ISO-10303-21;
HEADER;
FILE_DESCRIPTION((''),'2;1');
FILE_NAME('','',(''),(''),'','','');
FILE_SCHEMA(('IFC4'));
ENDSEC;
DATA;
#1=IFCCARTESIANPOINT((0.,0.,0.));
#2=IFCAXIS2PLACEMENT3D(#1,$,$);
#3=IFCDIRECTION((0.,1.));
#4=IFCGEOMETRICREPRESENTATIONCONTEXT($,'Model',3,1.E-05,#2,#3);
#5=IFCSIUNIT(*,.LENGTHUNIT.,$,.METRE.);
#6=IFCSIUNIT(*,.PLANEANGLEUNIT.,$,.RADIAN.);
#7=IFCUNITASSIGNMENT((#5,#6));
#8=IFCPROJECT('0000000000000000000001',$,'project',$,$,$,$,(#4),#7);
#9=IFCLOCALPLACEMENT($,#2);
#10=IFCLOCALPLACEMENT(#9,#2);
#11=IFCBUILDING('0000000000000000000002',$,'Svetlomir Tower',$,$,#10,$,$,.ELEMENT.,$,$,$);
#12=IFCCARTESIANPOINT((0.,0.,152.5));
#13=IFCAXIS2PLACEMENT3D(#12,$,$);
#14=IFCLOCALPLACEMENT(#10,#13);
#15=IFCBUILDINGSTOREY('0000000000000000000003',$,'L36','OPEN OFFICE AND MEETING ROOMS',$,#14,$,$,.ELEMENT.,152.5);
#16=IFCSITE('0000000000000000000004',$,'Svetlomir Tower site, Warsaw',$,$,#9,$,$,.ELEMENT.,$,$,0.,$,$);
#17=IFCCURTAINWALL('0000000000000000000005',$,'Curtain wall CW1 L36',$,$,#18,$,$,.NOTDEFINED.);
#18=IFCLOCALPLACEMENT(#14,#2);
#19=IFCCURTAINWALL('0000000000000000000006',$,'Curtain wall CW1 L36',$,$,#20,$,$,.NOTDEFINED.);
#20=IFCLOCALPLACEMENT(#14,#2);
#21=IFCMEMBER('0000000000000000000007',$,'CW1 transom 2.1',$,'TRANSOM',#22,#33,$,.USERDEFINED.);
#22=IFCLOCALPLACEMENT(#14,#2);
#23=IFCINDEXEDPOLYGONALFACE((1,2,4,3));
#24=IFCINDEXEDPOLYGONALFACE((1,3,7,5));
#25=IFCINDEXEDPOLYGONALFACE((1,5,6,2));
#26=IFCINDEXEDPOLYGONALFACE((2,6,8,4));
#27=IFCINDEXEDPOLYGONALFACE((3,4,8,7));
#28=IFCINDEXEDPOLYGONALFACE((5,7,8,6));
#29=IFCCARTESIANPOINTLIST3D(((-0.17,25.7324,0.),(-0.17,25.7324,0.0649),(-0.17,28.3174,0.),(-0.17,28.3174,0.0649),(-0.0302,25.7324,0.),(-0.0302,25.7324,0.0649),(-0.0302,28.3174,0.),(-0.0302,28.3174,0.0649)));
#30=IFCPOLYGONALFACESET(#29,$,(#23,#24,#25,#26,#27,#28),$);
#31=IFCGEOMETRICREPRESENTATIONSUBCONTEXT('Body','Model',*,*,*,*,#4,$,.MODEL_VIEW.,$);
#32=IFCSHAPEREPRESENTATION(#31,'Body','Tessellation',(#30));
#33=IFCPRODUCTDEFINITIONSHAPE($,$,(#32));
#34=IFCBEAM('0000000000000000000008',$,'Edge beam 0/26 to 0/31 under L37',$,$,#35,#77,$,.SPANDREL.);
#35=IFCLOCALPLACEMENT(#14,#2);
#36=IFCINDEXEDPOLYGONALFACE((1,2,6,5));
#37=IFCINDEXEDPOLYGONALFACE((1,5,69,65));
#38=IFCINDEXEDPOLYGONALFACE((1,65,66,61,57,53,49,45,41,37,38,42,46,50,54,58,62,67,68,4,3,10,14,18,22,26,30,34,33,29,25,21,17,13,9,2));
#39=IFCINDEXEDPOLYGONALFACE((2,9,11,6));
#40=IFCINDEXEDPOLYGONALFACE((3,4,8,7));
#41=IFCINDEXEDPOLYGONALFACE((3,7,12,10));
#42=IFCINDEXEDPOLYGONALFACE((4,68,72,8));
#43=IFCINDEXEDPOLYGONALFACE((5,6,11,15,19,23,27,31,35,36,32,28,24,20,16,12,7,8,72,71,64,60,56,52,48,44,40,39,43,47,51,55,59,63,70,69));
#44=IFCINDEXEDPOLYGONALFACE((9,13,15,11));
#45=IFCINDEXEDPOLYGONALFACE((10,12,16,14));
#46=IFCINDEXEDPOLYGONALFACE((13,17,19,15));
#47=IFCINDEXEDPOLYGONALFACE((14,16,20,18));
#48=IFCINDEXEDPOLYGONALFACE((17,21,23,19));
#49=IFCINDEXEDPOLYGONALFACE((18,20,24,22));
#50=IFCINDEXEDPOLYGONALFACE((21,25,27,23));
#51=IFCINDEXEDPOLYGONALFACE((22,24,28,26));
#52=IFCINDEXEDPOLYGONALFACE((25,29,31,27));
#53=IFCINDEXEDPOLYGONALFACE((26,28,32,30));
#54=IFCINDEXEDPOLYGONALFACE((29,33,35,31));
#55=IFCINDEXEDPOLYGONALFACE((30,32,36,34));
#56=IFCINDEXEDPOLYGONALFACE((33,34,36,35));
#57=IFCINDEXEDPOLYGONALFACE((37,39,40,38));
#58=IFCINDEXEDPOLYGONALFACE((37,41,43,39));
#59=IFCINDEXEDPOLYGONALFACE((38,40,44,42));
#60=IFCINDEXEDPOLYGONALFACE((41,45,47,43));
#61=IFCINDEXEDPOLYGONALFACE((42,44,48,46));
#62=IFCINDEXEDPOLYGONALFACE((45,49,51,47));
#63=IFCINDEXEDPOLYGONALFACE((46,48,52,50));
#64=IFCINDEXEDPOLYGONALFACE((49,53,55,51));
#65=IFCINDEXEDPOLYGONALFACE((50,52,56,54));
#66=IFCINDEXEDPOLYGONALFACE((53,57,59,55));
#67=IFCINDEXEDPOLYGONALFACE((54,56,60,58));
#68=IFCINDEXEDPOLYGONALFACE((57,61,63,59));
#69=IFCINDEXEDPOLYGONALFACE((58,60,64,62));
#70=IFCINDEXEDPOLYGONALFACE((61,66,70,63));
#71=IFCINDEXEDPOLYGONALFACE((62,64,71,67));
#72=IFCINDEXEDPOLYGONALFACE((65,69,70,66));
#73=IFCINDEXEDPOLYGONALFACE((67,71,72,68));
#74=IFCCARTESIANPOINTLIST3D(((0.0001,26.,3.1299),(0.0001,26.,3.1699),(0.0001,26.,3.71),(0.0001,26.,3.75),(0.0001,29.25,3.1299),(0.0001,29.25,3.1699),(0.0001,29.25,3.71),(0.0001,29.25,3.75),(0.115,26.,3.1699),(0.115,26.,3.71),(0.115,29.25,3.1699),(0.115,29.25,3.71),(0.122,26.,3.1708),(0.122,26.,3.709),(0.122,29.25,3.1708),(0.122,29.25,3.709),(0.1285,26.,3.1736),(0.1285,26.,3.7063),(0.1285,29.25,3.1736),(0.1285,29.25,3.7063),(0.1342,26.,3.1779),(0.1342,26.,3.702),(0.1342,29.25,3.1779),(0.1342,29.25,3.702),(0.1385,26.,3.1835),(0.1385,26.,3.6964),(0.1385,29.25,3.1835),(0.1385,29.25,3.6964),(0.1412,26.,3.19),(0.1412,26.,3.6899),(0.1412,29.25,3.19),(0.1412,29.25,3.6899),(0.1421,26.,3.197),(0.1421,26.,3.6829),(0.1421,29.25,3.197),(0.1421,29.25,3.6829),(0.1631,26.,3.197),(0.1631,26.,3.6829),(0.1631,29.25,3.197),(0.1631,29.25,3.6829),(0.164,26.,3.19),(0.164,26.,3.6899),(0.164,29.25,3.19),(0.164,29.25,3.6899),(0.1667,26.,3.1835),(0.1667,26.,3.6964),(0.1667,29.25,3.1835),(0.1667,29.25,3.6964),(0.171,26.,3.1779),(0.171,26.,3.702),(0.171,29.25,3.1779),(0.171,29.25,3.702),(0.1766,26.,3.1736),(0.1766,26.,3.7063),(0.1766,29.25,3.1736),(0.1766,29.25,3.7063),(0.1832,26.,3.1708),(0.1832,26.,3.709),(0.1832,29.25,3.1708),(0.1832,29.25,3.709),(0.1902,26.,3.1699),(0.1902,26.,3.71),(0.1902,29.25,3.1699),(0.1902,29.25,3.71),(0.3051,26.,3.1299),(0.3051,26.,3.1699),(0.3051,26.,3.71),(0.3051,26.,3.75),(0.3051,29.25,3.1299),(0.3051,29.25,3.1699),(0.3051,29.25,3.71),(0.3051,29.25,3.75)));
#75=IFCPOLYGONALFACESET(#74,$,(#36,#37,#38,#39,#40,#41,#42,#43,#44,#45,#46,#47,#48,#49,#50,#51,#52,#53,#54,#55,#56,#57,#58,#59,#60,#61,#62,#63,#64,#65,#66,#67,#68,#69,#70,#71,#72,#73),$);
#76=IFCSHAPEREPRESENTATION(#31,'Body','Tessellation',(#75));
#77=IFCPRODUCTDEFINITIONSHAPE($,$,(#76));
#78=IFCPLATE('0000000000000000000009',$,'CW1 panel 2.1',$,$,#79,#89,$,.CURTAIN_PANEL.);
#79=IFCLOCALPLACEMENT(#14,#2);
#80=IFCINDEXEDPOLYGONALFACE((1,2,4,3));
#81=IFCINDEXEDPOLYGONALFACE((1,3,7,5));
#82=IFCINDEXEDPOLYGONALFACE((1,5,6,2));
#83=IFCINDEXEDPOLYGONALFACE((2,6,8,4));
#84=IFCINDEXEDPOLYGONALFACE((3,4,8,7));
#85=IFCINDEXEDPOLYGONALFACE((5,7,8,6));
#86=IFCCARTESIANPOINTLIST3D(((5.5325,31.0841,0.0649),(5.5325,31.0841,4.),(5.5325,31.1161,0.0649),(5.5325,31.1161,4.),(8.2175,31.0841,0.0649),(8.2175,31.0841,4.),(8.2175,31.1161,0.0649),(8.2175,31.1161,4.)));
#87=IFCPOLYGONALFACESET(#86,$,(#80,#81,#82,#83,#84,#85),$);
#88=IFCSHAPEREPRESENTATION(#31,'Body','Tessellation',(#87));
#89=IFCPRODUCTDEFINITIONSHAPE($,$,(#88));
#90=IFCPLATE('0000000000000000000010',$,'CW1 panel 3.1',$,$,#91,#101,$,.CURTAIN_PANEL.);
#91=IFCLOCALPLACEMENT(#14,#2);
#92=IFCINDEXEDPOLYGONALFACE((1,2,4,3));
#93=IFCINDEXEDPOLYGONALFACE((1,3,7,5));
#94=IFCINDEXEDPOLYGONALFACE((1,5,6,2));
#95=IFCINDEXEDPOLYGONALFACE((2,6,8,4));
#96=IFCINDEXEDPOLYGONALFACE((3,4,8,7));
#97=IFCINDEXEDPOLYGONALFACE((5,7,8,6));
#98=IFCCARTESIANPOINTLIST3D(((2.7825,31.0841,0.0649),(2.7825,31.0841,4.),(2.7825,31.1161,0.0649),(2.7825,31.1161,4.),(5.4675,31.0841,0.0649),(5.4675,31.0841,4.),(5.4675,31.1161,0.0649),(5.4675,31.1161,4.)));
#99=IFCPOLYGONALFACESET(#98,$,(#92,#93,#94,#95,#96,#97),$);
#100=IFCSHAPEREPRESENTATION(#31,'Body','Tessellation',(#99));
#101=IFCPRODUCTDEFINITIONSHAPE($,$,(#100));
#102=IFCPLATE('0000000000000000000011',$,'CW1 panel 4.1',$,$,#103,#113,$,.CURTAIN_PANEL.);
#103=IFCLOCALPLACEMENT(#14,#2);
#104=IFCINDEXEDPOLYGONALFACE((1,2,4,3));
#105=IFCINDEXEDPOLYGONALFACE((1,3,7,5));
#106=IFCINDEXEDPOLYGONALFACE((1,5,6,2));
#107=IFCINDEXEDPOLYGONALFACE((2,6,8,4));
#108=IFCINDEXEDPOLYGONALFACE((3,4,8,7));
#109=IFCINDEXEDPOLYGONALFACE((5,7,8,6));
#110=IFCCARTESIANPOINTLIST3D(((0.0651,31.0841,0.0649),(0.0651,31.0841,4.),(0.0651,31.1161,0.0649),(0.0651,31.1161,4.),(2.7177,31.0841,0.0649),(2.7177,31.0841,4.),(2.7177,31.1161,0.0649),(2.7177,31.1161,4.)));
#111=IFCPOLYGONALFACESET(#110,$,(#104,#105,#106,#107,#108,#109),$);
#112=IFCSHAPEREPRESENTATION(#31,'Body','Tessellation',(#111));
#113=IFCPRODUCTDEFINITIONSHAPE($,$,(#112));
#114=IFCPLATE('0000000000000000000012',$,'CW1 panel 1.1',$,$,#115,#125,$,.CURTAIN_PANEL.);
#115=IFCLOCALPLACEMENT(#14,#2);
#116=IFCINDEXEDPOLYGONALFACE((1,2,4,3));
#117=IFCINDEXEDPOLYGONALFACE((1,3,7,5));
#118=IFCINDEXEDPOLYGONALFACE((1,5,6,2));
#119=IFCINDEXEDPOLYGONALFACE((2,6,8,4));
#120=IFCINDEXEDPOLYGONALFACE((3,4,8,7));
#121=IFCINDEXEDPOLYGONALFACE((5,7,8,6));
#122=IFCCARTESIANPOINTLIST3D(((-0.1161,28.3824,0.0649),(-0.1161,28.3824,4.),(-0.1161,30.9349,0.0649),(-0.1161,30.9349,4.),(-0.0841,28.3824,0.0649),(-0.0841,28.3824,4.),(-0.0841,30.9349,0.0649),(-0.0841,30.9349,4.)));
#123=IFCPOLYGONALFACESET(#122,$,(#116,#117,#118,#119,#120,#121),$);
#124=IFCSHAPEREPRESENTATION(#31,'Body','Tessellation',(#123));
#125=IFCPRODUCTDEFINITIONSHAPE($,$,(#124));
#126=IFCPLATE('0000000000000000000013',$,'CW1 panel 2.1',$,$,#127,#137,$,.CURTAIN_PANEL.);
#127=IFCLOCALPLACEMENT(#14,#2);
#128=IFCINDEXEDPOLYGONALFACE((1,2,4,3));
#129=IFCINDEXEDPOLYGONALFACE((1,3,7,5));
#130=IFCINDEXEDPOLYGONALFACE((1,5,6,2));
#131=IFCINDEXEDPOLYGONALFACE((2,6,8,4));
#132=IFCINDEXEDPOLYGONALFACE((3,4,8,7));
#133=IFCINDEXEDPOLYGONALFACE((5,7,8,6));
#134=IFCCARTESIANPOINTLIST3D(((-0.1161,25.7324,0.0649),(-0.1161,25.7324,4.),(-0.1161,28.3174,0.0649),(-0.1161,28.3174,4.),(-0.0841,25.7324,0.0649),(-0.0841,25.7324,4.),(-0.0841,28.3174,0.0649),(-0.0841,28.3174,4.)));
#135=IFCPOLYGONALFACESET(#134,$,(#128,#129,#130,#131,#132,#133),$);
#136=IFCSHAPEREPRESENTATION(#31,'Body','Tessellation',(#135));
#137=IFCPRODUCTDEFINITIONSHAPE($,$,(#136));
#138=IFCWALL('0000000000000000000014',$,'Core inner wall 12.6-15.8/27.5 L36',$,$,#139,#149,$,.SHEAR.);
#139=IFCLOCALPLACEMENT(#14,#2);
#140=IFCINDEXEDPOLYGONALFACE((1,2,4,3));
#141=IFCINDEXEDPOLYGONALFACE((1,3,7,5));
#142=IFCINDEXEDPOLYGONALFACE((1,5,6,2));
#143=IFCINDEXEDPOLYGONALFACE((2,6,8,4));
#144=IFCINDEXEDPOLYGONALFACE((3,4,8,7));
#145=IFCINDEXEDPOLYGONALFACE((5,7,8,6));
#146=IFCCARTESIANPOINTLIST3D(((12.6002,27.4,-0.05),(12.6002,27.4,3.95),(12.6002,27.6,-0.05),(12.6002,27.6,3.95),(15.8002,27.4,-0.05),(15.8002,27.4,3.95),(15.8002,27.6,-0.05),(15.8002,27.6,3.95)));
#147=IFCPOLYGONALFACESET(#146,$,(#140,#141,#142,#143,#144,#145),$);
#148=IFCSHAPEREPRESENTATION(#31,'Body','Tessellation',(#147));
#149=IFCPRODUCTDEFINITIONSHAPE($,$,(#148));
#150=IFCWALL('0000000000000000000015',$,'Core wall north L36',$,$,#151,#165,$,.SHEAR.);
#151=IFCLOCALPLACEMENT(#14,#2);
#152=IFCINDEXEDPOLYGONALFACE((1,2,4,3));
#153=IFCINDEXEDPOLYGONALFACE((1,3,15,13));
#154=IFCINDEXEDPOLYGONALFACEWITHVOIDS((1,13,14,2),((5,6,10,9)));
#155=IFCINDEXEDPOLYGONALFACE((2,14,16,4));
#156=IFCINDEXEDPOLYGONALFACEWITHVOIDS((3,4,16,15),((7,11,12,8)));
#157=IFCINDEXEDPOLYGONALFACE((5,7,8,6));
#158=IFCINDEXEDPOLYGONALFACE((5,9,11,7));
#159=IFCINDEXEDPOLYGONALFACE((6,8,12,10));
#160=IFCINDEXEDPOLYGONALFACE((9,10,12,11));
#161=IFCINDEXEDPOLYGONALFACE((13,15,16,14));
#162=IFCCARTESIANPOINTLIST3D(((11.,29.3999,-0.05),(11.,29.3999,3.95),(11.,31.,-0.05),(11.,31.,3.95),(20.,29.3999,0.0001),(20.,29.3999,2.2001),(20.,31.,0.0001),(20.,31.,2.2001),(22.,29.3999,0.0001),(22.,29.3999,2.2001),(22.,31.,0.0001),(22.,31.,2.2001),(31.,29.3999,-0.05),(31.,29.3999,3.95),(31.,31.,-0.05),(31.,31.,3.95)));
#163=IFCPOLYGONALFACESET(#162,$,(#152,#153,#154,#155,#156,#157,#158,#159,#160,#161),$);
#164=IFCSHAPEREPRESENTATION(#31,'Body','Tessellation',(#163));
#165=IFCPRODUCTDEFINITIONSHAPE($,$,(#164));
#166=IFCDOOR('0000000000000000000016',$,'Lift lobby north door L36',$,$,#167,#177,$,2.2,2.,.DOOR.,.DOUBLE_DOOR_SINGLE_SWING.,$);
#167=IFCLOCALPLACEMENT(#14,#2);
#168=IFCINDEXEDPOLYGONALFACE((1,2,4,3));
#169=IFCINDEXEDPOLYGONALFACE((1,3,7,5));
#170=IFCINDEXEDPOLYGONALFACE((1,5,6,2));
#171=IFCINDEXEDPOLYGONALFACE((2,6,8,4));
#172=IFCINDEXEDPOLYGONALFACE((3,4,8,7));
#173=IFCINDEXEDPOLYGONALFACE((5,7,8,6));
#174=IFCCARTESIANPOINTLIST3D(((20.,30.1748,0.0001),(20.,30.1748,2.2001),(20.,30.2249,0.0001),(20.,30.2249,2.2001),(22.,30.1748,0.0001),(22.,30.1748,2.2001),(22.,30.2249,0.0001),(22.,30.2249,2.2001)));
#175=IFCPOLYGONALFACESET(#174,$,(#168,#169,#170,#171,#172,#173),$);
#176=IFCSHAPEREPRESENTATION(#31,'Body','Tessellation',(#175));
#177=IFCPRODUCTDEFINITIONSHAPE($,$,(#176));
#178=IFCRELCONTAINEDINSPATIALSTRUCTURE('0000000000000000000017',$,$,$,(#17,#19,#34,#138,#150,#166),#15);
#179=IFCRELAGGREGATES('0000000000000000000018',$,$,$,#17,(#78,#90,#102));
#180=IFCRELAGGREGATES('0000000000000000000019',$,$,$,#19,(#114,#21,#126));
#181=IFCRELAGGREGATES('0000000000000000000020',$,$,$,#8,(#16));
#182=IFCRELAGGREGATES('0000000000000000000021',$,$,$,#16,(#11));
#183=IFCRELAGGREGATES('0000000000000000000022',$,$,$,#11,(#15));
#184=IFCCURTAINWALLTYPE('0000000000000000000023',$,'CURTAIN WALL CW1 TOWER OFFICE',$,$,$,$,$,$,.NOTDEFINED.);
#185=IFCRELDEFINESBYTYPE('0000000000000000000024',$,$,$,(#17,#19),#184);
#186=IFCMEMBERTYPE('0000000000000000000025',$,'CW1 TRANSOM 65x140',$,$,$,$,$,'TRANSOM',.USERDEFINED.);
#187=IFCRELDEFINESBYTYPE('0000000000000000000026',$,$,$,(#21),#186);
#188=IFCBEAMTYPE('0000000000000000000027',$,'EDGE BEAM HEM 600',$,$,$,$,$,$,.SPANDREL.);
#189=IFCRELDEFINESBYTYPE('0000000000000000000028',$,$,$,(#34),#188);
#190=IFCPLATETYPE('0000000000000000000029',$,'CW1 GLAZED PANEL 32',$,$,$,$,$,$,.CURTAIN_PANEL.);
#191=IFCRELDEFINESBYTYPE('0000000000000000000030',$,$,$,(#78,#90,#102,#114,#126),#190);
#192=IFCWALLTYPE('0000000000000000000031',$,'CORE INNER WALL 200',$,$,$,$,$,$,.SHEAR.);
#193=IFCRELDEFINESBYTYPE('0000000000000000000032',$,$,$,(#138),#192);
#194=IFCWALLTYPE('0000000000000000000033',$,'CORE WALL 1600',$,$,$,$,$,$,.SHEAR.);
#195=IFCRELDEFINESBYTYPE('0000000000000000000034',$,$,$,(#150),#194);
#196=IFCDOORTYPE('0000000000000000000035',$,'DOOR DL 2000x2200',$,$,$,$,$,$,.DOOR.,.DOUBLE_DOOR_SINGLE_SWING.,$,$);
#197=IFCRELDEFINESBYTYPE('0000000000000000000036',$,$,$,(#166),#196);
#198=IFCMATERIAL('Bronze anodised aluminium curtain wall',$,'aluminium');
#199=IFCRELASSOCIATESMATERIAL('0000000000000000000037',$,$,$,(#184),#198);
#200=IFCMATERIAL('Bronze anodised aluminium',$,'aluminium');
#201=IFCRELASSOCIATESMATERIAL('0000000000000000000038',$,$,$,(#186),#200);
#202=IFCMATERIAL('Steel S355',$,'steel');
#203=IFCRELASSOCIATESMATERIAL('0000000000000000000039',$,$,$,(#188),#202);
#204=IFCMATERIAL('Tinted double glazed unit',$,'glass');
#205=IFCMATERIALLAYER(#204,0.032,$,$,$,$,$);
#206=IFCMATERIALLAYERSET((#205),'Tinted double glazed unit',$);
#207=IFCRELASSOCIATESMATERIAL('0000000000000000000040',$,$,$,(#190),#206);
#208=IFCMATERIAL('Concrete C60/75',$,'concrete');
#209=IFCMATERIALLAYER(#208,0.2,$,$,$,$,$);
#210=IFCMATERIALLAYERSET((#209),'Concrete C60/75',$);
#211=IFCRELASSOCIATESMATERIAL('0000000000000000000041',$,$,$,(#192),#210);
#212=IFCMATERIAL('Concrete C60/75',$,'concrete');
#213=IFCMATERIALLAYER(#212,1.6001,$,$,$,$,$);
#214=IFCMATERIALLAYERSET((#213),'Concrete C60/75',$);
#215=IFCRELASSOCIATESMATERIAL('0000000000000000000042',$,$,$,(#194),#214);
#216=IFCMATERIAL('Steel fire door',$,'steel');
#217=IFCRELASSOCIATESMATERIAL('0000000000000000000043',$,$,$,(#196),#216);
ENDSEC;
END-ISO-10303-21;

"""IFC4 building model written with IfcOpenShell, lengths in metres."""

from ifc_helpers import new_model, si_unit, direction, frame, frame_2d, origin, origin_2d, place, context, subcontext, project, spatial, rectangle, i_section, extrude, material, layer, layer_set, material_profile, profile_set, type_object, element, fill, aggregate, save


model = new_model("IFC4")

# Units and contexts
model_context = context("Model", 3, precision=1e-05, world=origin(), true_north=direction((0.0, 1.0)))
body_context = subcontext(model_context, "Body", "Model", "MODEL_VIEW")
ifc_project = project(units=[si_unit("LENGTHUNIT", "METRE"), si_unit("PLANEANGLEUNIT", "RADIAN")], contexts=[model_context])

# Site, building, storey
site_placement = place(None, origin())
site = spatial("IfcSite", under=ifc_project, at=site_placement, Name="Svetlomir Tower site, Warsaw", CompositionType="ELEMENT", RefElevation=0.0)
building_placement = place(site_placement, origin())
building = spatial("IfcBuilding", under=site, at=building_placement, Name="Svetlomir Tower", CompositionType="ELEMENT")
storey_placement = place(building_placement, frame((0.0, 0.0, 152.5)))
storey = spatial("IfcBuildingStorey", under=building, at=storey_placement, Name="L36", Description="OPEN OFFICE AND MEETING ROOMS", CompositionType="ELEMENT", Elevation=152.5)

# Shared definitions
ifc_material_1 = material(Name="Bronze anodised aluminium curtain wall", Category="aluminium")
curtain_wall_type = type_object("IfcCurtainWallType", Name="CURTAIN WALL CW1 TOWER OFFICE", PredefinedType="NOTDEFINED", material=ifc_material_1)

# Curtain walls
curtain_wall_1_placement = place(storey_placement, origin())
curtain_wall_1 = element("IfcCurtainWall", 1, at=curtain_wall_1_placement, inside=storey, type_object=curtain_wall_type, Name="Curtain wall CW1 L36", PredefinedType="NOTDEFINED")
curtain_wall_2_placement = place(storey_placement, origin())
curtain_wall_2 = element("IfcCurtainWall", 2, at=curtain_wall_2_placement, inside=storey, type_object=curtain_wall_type, Name="Curtain wall CW1 L36", PredefinedType="NOTDEFINED")

# Member
ifc_material_2 = material(Name="Bronze anodised aluminium", Category="aluminium")
ifc_material_profile_1 = material_profile(ifc_material_2, rectangle(XDim=0.1399, YDim=0.0649, at=origin_2d()), Name="AL 140x65")
ifc_profile_set_1 = profile_set([ifc_material_profile_1], Name="Bronze anodised aluminium 6063-T6")
member_type_1 = type_object("IfcMemberType", Name="CW1 TRANSOM 65x140", ElementType="TRANSOM", PredefinedType="USERDEFINED", material=ifc_profile_set_1)
member_1_placement = place(storey_placement, frame((-0.1001, 28.3174, 0.0325), z_axis=(0.0, -1.0, 0.0), x_axis=(1.0, 0.0, 0.0)))
member_1 = element("IfcMember", 3, at=member_1_placement, type_object=member_type_1, Name="CW1 transom 2.1", ObjectType="TRANSOM", PredefinedType="USERDEFINED", context=body_context, shape_type="SweptSolid", body=[
    extrude(rectangle(XDim=0.1399, YDim=0.0649, at=origin_2d()), origin(), (0.0, 0.0, 1.0), 2.585),
])

# Beam
ifc_material_3 = material(Name="Steel S355", Category="steel")
ifc_material_profile_2 = material_profile(ifc_material_3, i_section(OverallWidth=0.3049, OverallDepth=0.6201, WebThickness=0.021, FlangeThickness=0.04, FilletRadius=0.0271, at=origin_2d()), Name="HEM 600")
ifc_profile_set_2 = profile_set([ifc_material_profile_2], Name="Steel S355")
beam_type = type_object("IfcBeamType", Name="EDGE BEAM HEM 600", PredefinedType="SPANDREL", material=ifc_profile_set_2)
beam_placement = place(storey_placement, frame((0.1526, 26.0, 3.4399), z_axis=(0.0, 1.0, 0.0), x_axis=(-1.0, 0.0, 0.0)))
element("IfcBeam", 4, at=beam_placement, inside=storey, type_object=beam_type, Name="Edge beam 0/26 to 0/31 under L37", PredefinedType="SPANDREL", context=body_context, shape_type="SweptSolid", body=[
    extrude(i_section(OverallWidth=0.3049, OverallDepth=0.6201, WebThickness=0.021, FlangeThickness=0.04, FilletRadius=0.0271, at=origin_2d()), origin(), (0.0, 0.0, 1.0), 3.25),
])

# Plates
ifc_material_4 = material(Name="Tinted double glazed unit", Category="glass")
ifc_layer_1 = layer(ifc_material_4, 0.032)
ifc_layer_set_1 = layer_set([ifc_layer_1], Name="Tinted double glazed unit")
plate_type = type_object("IfcPlateType", Name="CW1 GLAZED PANEL 32", PredefinedType="CURTAIN_PANEL", material=ifc_layer_set_1)
plate_1_placement = place(storey_placement, frame((6.875, 31.1001, 0.0649), z_axis=(0.0, 0.0, 1.0), x_axis=(-1.0, 0.0, 0.0)))
plate_1 = element("IfcPlate", 5, at=plate_1_placement, type_object=plate_type, Name="CW1 panel 2.1", PredefinedType="CURTAIN_PANEL", context=body_context, shape_type="SweptSolid", body=[
    extrude(rectangle(XDim=2.6851, YDim=0.032, at=origin_2d()), origin(), (0.0, 0.0, 1.0), 3.9351),
])
plate_2_placement = place(storey_placement, frame((4.125, 31.1001, 0.0649), z_axis=(0.0, 0.0, 1.0), x_axis=(-1.0, 0.0, 0.0)))
plate_2 = element("IfcPlate", 6, at=plate_2_placement, type_object=plate_type, Name="CW1 panel 3.1", PredefinedType="CURTAIN_PANEL", context=body_context, shape_type="SweptSolid", body=[
    extrude(rectangle(XDim=2.6851, YDim=0.032, at=origin_2d()), origin(), (0.0, 0.0, 1.0), 3.9351),
])
plate_3_placement = place(storey_placement, frame((1.3914, 31.1001, 0.0649), z_axis=(0.0, 0.0, 1.0), x_axis=(-1.0, 0.0, 0.0)))
plate_3 = element("IfcPlate", 7, at=plate_3_placement, type_object=plate_type, Name="CW1 panel 4.1", PredefinedType="CURTAIN_PANEL", context=body_context, shape_type="SweptSolid", body=[
    extrude(rectangle(XDim=2.6526, YDim=0.032, at=origin_2d()), origin(), (0.0, 0.0, 1.0), 3.9351),
])
aggregate(curtain_wall_1, [plate_1, plate_2, plate_3])
plate_4_placement = place(storey_placement, frame((-0.1001, 29.6587, 0.0649), z_axis=(0.0, 0.0, 1.0), x_axis=(0.0, -1.0, 0.0)))
plate_4 = element("IfcPlate", 8, at=plate_4_placement, type_object=plate_type, Name="CW1 panel 1.1", PredefinedType="CURTAIN_PANEL", context=body_context, shape_type="SweptSolid", body=[
    extrude(rectangle(XDim=2.5525, YDim=0.032, at=origin_2d()), origin(), (0.0, 0.0, 1.0), 3.9351),
])
plate_5_placement = place(storey_placement, frame((-0.1001, 27.0249, 0.0649), z_axis=(0.0, 0.0, 1.0), x_axis=(0.0, -1.0, 0.0)))
plate_5 = element("IfcPlate", 9, at=plate_5_placement, type_object=plate_type, Name="CW1 panel 2.1", PredefinedType="CURTAIN_PANEL", context=body_context, shape_type="SweptSolid", body=[
    extrude(rectangle(XDim=2.585, YDim=0.032, at=origin_2d()), origin(), (0.0, 0.0, 1.0), 3.9351),
])
aggregate(curtain_wall_2, [plate_4, member_1, plate_5])

# Wall
ifc_material_5 = material(Name="Concrete C60/75", Category="concrete")
ifc_layer_2 = layer(ifc_material_5, 0.2)
ifc_layer_set_2 = layer_set([ifc_layer_2], Name="Concrete C60/75")
wall_type_1 = type_object("IfcWallType", Name="CORE INNER WALL 200", PredefinedType="SHEAR", material=ifc_layer_set_2)
wall_1_placement = place(storey_placement, frame((12.6001, 27.5, -0.05), z_axis=(0.0, 0.0, 1.0), x_axis=(1.0, 0.0, 0.0)))
element("IfcWall", 10, at=wall_1_placement, inside=storey, type_object=wall_type_1, Name="Core inner wall 12.6-15.8/27.5 L36", PredefinedType="SHEAR", context=body_context, shape_type="SweptSolid", body=[
    extrude(rectangle(XDim=3.2, YDim=0.2, at=frame_2d((1.6001, 0.0))), origin(), (0.0, 0.0, 1.0), 4.0),
])

# Wall, opening, door
ifc_material_6 = material(Name="Concrete C60/75", Category="concrete")
ifc_layer_3 = layer(ifc_material_6, 1.6001)
ifc_layer_set_3 = layer_set([ifc_layer_3], Name="Concrete C60/75")
wall_type_2 = type_object("IfcWallType", Name="CORE WALL 1600", PredefinedType="SHEAR", material=ifc_layer_set_3)
wall_2_placement = place(storey_placement, frame((11.0, 30.2, -0.05), z_axis=(0.0, 0.0, 1.0), x_axis=(1.0, 0.0, 0.0)))
wall_2 = element("IfcWall", 11, at=wall_2_placement, inside=storey, type_object=wall_type_2, Name="Core wall north L36", PredefinedType="SHEAR", context=body_context, shape_type="SweptSolid", body=[
    extrude(rectangle(XDim=20.0, YDim=1.6001, at=frame_2d((10.0, 0.0))), origin(), (0.0, 0.0, 1.0), 4.0),
])
opening_placement = place(wall_2_placement, frame((9.0, 0.0, 0.05)))
opening = element("IfcOpeningElement", 12, at=opening_placement, cuts=wall_2, PredefinedType="OPENING", context=body_context, shape_type="SweptSolid", body=[
    extrude(rectangle(XDim=2.0, YDim=2.2, at=frame_2d((1.0, 1.1001))), frame((0.0, 0.8101, 0.0), z_axis=(0.0, -1.0, 0.0), x_axis=(1.0, 0.0, 0.0)), (0.0, 0.0, 1.0), 1.6201),
])
ifc_material_7 = material(Name="Steel fire door", Category="steel")
door_type = type_object("IfcDoorType", Name="DOOR DL 2000x2200", OperationType="DOUBLE_DOOR_SINGLE_SWING", PredefinedType="DOOR", material=ifc_material_7)
door_placement = place(opening_placement, origin())
door = element("IfcDoor", 13, at=door_placement, inside=storey, type_object=door_type, Name="Lift lobby north door L36", OperationType="DOUBLE_DOOR_SINGLE_SWING", OverallHeight=2.2, OverallWidth=2.0, PredefinedType="DOOR", context=body_context, shape_type="SweptSolid", body=[
    extrude(rectangle(XDim=2.0, YDim=2.2, at=frame_2d((1.0, 1.1001))), frame((0.0, 0.0249, 0.0), z_axis=(0.0, -1.0, 0.0), x_axis=(1.0, 0.0, 0.0)), (0.0, 0.0, 1.0), 0.05),
])
fill(opening, door)

save(model, "model.ifc")
